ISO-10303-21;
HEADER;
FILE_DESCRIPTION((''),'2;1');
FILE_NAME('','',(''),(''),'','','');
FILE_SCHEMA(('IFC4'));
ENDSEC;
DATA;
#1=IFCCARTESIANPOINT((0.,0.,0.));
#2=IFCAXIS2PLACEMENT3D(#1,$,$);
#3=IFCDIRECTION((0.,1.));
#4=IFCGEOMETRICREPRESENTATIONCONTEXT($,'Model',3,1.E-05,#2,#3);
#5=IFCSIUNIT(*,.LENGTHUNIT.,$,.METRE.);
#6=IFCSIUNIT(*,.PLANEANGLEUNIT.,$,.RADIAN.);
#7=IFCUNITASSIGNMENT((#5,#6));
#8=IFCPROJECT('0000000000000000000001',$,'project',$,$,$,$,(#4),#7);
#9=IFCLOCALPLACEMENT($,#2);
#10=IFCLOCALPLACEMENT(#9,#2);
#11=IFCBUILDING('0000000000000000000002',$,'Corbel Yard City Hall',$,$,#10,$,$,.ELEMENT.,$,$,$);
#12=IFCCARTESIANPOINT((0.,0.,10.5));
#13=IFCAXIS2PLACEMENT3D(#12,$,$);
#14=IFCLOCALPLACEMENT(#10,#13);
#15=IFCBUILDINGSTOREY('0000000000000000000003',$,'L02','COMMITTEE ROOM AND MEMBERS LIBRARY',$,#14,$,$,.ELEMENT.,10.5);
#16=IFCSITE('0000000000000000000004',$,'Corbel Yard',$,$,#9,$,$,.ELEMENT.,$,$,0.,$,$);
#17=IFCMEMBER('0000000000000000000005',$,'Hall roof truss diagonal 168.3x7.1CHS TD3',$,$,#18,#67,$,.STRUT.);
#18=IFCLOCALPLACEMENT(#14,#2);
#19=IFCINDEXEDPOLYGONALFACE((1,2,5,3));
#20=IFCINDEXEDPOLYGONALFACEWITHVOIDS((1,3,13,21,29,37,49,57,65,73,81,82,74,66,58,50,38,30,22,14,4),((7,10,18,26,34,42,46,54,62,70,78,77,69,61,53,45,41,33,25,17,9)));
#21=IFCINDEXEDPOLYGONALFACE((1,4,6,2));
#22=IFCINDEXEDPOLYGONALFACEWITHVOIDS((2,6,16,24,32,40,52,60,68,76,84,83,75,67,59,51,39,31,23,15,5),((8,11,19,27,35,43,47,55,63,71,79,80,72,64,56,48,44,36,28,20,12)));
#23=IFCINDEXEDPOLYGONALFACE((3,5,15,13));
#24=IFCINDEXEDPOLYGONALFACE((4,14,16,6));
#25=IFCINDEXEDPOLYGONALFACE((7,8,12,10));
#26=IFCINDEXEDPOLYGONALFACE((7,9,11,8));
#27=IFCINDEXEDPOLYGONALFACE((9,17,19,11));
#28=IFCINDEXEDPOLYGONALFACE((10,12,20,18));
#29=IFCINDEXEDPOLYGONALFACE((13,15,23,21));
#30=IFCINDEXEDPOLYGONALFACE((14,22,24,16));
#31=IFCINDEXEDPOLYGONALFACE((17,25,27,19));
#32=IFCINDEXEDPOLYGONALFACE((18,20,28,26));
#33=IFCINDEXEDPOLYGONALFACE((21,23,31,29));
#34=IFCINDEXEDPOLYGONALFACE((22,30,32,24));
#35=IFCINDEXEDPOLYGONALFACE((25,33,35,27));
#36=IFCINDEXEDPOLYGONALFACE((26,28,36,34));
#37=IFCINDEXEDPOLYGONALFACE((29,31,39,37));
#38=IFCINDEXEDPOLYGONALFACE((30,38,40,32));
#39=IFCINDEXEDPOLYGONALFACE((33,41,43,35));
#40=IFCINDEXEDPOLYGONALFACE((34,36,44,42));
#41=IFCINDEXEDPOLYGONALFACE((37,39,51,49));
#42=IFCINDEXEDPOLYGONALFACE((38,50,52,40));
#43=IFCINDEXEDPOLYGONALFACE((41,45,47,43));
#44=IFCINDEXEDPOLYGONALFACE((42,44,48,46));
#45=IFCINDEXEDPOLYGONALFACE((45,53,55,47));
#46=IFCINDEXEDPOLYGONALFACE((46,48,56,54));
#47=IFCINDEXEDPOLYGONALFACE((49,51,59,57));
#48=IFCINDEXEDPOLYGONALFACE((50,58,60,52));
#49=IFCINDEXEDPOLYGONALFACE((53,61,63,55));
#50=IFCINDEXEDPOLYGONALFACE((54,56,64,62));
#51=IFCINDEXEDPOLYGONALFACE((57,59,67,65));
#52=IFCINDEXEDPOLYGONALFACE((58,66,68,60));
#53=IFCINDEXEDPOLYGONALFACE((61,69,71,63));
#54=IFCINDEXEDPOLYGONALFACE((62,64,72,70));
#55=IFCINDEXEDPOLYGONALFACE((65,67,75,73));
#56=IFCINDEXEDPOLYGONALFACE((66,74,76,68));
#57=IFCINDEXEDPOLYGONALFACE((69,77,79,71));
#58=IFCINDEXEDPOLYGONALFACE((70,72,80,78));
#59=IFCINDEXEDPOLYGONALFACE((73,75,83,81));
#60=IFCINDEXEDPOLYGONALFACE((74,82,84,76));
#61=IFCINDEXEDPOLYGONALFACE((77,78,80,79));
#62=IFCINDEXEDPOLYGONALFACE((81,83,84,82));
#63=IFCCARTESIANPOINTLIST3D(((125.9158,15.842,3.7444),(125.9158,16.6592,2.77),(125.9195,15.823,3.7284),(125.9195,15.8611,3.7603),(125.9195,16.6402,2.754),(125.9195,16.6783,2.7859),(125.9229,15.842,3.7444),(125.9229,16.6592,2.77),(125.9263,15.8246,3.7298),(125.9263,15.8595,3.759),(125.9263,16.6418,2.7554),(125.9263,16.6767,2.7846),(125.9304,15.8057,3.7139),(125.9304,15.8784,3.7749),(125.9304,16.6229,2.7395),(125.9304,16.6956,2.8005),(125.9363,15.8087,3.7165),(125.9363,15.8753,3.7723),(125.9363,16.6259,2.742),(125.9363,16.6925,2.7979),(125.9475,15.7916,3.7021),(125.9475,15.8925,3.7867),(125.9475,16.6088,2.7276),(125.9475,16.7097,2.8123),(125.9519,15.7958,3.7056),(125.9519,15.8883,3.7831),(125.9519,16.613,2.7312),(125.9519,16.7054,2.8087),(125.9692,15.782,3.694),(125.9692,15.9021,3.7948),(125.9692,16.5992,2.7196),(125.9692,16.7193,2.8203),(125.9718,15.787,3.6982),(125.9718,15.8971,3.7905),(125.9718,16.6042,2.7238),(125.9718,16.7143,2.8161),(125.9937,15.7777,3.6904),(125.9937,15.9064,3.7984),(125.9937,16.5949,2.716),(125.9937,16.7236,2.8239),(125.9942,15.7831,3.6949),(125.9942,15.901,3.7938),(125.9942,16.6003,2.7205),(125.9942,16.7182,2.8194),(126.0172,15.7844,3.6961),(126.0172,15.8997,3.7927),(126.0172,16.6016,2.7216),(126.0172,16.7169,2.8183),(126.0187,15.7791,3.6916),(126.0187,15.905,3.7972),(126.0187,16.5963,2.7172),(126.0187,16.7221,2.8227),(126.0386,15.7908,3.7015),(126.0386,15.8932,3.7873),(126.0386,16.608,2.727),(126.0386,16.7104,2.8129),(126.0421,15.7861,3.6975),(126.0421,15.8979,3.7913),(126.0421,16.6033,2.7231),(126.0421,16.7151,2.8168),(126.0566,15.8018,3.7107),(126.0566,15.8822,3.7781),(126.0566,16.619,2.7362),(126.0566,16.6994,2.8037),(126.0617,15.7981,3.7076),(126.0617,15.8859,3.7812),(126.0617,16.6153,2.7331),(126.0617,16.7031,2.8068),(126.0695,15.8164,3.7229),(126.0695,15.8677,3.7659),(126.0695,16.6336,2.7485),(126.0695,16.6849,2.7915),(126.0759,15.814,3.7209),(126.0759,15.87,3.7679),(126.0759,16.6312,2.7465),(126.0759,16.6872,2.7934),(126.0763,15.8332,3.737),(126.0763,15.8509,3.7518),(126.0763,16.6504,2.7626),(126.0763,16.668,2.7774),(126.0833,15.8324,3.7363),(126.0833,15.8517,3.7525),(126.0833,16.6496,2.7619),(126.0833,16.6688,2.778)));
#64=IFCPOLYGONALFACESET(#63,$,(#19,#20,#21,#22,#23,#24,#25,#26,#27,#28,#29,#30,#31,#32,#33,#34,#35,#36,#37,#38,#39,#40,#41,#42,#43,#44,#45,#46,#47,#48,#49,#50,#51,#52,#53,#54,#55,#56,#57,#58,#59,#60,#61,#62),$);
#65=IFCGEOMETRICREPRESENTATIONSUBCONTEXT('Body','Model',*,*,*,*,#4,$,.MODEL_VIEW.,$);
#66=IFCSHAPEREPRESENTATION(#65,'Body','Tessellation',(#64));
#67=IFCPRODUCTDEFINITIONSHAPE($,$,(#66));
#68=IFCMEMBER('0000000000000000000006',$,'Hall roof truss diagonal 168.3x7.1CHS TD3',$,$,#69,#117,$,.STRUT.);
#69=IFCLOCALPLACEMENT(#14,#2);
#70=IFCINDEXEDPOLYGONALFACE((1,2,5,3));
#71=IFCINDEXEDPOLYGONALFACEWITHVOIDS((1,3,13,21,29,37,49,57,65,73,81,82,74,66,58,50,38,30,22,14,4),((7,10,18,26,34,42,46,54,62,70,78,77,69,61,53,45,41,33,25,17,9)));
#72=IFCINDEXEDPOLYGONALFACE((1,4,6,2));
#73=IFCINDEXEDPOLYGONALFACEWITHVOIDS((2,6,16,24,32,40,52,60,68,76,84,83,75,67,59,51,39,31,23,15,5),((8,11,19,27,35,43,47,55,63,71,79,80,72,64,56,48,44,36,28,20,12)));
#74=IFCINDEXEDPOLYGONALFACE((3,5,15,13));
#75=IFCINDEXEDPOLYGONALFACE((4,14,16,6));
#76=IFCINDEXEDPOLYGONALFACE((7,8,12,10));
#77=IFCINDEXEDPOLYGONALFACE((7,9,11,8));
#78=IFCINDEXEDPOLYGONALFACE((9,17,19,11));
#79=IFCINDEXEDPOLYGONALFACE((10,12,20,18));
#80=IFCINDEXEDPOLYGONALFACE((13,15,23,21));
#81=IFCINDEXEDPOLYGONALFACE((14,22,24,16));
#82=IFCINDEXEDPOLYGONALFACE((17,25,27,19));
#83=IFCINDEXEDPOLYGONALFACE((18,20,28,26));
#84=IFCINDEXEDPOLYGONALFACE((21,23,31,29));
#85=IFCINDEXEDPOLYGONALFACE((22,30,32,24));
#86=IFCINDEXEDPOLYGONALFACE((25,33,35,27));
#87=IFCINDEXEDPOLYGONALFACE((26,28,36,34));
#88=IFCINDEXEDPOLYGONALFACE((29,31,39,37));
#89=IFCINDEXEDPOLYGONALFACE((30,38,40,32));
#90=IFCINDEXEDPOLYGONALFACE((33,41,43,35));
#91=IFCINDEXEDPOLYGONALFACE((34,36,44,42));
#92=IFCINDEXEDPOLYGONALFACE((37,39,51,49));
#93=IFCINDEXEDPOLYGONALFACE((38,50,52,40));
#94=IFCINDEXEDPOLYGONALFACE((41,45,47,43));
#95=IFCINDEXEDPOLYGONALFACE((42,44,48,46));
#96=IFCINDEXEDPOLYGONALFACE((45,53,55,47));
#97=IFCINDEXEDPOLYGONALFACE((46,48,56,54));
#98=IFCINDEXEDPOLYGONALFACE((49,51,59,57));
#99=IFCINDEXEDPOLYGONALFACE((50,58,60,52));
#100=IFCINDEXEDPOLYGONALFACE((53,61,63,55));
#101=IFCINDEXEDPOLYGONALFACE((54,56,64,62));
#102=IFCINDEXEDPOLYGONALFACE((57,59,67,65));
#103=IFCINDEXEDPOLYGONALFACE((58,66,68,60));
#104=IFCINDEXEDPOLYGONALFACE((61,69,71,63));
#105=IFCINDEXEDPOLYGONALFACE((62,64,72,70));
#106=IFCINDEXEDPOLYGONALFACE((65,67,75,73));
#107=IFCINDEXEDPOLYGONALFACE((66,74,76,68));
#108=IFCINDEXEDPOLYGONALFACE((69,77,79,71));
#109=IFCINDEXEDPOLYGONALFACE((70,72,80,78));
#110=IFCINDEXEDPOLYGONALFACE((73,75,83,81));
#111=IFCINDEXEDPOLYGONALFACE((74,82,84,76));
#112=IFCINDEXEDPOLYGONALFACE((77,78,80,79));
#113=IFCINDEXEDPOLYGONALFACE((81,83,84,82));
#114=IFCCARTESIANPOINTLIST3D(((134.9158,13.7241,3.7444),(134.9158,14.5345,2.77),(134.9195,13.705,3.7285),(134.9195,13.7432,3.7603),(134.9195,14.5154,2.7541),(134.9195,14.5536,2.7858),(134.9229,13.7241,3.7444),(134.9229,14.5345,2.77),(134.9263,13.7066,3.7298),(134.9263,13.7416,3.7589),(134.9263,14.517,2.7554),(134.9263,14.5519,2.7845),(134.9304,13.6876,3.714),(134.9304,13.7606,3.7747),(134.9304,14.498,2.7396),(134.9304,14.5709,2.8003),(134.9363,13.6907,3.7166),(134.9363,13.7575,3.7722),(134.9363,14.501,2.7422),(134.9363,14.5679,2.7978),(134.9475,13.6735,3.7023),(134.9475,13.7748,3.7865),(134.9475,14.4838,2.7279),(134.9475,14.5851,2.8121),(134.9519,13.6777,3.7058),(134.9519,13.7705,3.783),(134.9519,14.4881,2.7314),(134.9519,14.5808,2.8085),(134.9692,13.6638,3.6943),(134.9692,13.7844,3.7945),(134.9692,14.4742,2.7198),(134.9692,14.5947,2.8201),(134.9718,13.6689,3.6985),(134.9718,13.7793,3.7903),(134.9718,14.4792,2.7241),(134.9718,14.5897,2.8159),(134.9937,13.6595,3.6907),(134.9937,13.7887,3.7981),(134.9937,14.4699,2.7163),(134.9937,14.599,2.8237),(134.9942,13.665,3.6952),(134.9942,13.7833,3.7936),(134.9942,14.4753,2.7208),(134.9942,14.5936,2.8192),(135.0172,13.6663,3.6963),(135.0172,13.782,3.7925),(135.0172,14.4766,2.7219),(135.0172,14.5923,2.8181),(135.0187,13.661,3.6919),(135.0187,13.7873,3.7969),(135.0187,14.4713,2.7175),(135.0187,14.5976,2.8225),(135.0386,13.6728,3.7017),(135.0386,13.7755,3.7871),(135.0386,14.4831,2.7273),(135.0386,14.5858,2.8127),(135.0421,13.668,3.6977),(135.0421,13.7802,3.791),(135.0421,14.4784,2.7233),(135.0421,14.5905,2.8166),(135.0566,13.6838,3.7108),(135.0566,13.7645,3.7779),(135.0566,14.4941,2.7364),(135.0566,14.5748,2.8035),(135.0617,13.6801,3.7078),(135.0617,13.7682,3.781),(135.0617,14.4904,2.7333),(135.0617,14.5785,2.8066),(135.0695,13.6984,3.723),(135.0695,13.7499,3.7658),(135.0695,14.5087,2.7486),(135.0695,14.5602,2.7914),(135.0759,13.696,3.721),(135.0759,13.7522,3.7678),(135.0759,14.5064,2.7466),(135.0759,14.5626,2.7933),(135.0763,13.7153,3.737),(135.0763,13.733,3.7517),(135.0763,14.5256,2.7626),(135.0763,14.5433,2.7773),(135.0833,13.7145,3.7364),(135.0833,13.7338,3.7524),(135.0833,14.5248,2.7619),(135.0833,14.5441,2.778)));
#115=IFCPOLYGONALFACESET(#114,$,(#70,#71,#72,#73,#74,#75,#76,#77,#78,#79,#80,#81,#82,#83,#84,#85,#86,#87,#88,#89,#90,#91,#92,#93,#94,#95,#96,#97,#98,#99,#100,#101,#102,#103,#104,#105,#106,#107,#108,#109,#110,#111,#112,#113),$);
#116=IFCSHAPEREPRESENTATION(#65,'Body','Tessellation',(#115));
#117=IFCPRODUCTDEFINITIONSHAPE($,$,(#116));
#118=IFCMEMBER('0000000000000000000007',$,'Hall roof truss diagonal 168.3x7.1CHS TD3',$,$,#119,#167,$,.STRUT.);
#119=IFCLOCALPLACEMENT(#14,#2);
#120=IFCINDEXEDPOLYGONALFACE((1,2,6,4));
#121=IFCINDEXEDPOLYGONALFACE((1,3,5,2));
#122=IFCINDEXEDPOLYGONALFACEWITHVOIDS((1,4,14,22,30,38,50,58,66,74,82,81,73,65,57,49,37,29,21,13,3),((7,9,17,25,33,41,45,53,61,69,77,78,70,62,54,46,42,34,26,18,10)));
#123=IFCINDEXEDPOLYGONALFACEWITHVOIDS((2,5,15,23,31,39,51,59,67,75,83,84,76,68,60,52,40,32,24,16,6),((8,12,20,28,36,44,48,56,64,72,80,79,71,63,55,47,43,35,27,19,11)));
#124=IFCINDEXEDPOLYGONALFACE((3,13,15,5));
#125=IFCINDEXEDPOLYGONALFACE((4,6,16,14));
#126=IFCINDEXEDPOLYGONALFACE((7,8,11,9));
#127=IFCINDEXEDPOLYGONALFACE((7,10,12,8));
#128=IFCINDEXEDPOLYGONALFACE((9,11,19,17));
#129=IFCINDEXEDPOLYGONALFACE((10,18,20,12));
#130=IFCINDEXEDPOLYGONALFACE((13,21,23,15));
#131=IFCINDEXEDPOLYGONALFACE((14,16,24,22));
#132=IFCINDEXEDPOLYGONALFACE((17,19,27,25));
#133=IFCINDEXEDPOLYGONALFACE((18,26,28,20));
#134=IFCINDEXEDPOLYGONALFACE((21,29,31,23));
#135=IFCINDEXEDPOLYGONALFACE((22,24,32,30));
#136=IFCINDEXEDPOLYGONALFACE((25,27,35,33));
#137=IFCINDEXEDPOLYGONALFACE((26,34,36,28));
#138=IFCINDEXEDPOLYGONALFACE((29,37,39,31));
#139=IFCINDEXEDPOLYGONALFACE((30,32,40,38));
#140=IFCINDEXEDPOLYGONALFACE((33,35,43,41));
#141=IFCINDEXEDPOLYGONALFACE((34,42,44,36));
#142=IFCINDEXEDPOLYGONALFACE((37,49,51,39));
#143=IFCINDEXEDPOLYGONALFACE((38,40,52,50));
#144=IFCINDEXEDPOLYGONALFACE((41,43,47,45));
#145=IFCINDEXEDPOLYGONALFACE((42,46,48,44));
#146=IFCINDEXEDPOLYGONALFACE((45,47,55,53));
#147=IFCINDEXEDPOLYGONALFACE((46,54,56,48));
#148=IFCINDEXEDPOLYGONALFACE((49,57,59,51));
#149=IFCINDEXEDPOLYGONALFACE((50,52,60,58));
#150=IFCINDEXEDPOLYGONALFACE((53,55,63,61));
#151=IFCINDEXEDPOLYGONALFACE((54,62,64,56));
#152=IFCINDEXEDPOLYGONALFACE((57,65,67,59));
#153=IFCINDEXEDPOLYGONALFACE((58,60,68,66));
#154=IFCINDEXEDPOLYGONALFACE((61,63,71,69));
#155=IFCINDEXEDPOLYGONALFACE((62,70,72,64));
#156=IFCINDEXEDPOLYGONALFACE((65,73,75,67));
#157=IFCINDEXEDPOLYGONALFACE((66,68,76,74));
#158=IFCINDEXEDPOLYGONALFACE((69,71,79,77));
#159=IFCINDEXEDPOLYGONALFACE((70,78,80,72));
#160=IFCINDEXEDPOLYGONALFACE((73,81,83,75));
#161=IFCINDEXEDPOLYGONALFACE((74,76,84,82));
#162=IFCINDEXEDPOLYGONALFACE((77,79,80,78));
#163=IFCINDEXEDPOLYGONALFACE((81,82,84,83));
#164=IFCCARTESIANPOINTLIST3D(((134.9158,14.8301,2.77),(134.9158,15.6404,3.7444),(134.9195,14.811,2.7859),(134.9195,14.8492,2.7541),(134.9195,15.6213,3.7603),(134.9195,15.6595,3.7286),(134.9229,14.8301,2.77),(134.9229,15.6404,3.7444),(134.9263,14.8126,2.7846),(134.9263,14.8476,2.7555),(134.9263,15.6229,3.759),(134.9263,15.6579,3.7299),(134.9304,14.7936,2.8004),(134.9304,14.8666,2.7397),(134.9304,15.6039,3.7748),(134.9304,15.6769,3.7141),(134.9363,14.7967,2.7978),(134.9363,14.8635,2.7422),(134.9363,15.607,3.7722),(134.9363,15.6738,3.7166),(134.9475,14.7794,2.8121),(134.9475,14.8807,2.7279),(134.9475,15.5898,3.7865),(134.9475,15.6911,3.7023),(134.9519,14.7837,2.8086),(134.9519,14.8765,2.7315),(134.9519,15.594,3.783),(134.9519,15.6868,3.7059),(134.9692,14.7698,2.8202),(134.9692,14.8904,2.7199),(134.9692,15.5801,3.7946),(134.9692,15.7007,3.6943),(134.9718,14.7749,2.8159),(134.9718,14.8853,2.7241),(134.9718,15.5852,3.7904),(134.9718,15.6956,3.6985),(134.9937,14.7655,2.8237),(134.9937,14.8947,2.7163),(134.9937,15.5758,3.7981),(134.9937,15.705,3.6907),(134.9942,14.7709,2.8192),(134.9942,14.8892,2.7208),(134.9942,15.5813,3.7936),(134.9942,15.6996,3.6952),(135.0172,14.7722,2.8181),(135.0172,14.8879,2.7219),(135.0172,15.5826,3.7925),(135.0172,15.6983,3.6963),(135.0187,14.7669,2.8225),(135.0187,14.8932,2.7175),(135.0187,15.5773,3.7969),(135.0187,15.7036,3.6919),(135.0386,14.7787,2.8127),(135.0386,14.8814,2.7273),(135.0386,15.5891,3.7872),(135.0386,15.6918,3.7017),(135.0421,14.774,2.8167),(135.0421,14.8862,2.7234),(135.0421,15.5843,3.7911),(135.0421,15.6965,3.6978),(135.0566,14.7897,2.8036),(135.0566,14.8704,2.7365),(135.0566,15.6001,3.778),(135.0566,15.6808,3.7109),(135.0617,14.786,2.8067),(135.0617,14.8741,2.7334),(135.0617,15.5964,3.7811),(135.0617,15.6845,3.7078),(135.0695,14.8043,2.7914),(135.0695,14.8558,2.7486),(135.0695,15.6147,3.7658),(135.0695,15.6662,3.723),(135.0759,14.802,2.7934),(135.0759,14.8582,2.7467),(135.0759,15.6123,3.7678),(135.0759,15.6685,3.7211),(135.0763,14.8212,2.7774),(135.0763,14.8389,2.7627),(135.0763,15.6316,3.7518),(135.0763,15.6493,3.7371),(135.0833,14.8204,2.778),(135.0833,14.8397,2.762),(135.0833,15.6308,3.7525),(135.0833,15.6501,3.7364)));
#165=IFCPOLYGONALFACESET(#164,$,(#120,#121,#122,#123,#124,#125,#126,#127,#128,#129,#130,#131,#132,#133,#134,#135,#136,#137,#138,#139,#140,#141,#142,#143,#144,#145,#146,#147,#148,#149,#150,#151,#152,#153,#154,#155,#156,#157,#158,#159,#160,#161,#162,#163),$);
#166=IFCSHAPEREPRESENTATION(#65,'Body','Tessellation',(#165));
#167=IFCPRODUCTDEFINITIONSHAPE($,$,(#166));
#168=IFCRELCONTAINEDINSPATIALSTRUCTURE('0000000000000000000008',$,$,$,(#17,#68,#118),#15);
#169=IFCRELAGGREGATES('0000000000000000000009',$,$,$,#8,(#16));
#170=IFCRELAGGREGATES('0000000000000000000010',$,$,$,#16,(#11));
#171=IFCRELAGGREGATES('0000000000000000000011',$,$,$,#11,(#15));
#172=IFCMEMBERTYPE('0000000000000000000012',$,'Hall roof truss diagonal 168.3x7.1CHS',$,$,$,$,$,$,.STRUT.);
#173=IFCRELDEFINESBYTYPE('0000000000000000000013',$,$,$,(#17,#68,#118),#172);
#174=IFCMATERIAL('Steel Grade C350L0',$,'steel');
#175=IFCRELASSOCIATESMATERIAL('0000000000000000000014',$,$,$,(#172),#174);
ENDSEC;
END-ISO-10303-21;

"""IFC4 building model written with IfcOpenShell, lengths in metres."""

from ifc_helpers import new_model, si_unit, direction, frame, origin, origin_2d, place, context, subcontext, project, spatial, hollow_circle, extrude, material, material_profile, profile_set, type_object, element, save


model = new_model("IFC4")

# Units and contexts
model_context = context("Model", 3, precision=1e-05, world=origin(), true_north=direction((0.0, 1.0)))
body_context = subcontext(model_context, "Body", "Model", "MODEL_VIEW")
ifc_project = project(units=[si_unit("LENGTHUNIT", "METRE"), si_unit("PLANEANGLEUNIT", "RADIAN")], contexts=[model_context])

# Site, building, storey
site_placement = place(None, origin())
site = spatial("IfcSite", under=ifc_project, at=site_placement, Name="Corbel Yard", CompositionType="ELEMENT", RefElevation=0.0)
building_placement = place(site_placement, origin())
building = spatial("IfcBuilding", under=site, at=building_placement, Name="Corbel Yard City Hall", CompositionType="ELEMENT")
storey_placement = place(building_placement, frame((0.0, 0.0, 10.5)))
storey = spatial("IfcBuildingStorey", under=building, at=storey_placement, Name="L02", Description="COMMITTEE ROOM AND MEMBERS LIBRARY", CompositionType="ELEMENT", Elevation=10.5)

# Members
ifc_material_1 = material(Name="Steel Grade C350L0", Category="steel")
ifc_material_profile_1 = material_profile(ifc_material_1, hollow_circle(Radius=0.0842, WallThickness=0.0071, at=origin_2d()), Name="168.3x7.1CHS")
ifc_profile_set_1 = profile_set([ifc_material_profile_1], Name="Steel Grade C350L0")
member_type_1 = type_object("IfcMemberType", Name="Hall roof truss diagonal 168.3x7.1CHS", PredefinedType="STRUT", material=ifc_profile_set_1)
for number, where, z_axis, x_axis, name in (
    (1, (126.0, 15.842, 3.7444), (0.0, 0.64258, -0.766219), (-1.0, 0.0, 0.0), "Hall roof truss diagonal 168.3x7.1CHS TD3"),
):
    element("IfcMember", number, at=place(storey_placement, frame(where, z_axis=z_axis, x_axis=x_axis)), inside=storey, type_object=member_type_1, Name=name, PredefinedType="STRUT", context=body_context, shape_type="SweptSolid", body=[
        extrude(hollow_circle(Radius=0.0842, WallThickness=0.0071, at=origin_2d()), origin(), (0.0, 0.0, 1.0), 1.2717),
    ])
for number, where, z_axis, x_axis, name in (
    (2, (135.0, 13.7241, 3.7444), (0.0, 0.639407, -0.768868), (-1.0, 0.0, 0.0), "Hall roof truss diagonal 168.3x7.1CHS TD3"),
    (3, (135.0, 14.8301, 2.77), (0.0, 0.639407, 0.768868), (-1.0, 0.0, 0.0), "Hall roof truss diagonal 168.3x7.1CHS TD3"),
):
    element("IfcMember", number, at=place(storey_placement, frame(where, z_axis=z_axis, x_axis=x_axis)), inside=storey, type_object=member_type_1, Name=name, PredefinedType="STRUT", context=body_context, shape_type="SweptSolid", body=[
        extrude(hollow_circle(Radius=0.0842, WallThickness=0.0071, at=origin_2d()), origin(), (0.0, 0.0, 1.0), 1.2673),
    ])

save(model, "model.ifc")
